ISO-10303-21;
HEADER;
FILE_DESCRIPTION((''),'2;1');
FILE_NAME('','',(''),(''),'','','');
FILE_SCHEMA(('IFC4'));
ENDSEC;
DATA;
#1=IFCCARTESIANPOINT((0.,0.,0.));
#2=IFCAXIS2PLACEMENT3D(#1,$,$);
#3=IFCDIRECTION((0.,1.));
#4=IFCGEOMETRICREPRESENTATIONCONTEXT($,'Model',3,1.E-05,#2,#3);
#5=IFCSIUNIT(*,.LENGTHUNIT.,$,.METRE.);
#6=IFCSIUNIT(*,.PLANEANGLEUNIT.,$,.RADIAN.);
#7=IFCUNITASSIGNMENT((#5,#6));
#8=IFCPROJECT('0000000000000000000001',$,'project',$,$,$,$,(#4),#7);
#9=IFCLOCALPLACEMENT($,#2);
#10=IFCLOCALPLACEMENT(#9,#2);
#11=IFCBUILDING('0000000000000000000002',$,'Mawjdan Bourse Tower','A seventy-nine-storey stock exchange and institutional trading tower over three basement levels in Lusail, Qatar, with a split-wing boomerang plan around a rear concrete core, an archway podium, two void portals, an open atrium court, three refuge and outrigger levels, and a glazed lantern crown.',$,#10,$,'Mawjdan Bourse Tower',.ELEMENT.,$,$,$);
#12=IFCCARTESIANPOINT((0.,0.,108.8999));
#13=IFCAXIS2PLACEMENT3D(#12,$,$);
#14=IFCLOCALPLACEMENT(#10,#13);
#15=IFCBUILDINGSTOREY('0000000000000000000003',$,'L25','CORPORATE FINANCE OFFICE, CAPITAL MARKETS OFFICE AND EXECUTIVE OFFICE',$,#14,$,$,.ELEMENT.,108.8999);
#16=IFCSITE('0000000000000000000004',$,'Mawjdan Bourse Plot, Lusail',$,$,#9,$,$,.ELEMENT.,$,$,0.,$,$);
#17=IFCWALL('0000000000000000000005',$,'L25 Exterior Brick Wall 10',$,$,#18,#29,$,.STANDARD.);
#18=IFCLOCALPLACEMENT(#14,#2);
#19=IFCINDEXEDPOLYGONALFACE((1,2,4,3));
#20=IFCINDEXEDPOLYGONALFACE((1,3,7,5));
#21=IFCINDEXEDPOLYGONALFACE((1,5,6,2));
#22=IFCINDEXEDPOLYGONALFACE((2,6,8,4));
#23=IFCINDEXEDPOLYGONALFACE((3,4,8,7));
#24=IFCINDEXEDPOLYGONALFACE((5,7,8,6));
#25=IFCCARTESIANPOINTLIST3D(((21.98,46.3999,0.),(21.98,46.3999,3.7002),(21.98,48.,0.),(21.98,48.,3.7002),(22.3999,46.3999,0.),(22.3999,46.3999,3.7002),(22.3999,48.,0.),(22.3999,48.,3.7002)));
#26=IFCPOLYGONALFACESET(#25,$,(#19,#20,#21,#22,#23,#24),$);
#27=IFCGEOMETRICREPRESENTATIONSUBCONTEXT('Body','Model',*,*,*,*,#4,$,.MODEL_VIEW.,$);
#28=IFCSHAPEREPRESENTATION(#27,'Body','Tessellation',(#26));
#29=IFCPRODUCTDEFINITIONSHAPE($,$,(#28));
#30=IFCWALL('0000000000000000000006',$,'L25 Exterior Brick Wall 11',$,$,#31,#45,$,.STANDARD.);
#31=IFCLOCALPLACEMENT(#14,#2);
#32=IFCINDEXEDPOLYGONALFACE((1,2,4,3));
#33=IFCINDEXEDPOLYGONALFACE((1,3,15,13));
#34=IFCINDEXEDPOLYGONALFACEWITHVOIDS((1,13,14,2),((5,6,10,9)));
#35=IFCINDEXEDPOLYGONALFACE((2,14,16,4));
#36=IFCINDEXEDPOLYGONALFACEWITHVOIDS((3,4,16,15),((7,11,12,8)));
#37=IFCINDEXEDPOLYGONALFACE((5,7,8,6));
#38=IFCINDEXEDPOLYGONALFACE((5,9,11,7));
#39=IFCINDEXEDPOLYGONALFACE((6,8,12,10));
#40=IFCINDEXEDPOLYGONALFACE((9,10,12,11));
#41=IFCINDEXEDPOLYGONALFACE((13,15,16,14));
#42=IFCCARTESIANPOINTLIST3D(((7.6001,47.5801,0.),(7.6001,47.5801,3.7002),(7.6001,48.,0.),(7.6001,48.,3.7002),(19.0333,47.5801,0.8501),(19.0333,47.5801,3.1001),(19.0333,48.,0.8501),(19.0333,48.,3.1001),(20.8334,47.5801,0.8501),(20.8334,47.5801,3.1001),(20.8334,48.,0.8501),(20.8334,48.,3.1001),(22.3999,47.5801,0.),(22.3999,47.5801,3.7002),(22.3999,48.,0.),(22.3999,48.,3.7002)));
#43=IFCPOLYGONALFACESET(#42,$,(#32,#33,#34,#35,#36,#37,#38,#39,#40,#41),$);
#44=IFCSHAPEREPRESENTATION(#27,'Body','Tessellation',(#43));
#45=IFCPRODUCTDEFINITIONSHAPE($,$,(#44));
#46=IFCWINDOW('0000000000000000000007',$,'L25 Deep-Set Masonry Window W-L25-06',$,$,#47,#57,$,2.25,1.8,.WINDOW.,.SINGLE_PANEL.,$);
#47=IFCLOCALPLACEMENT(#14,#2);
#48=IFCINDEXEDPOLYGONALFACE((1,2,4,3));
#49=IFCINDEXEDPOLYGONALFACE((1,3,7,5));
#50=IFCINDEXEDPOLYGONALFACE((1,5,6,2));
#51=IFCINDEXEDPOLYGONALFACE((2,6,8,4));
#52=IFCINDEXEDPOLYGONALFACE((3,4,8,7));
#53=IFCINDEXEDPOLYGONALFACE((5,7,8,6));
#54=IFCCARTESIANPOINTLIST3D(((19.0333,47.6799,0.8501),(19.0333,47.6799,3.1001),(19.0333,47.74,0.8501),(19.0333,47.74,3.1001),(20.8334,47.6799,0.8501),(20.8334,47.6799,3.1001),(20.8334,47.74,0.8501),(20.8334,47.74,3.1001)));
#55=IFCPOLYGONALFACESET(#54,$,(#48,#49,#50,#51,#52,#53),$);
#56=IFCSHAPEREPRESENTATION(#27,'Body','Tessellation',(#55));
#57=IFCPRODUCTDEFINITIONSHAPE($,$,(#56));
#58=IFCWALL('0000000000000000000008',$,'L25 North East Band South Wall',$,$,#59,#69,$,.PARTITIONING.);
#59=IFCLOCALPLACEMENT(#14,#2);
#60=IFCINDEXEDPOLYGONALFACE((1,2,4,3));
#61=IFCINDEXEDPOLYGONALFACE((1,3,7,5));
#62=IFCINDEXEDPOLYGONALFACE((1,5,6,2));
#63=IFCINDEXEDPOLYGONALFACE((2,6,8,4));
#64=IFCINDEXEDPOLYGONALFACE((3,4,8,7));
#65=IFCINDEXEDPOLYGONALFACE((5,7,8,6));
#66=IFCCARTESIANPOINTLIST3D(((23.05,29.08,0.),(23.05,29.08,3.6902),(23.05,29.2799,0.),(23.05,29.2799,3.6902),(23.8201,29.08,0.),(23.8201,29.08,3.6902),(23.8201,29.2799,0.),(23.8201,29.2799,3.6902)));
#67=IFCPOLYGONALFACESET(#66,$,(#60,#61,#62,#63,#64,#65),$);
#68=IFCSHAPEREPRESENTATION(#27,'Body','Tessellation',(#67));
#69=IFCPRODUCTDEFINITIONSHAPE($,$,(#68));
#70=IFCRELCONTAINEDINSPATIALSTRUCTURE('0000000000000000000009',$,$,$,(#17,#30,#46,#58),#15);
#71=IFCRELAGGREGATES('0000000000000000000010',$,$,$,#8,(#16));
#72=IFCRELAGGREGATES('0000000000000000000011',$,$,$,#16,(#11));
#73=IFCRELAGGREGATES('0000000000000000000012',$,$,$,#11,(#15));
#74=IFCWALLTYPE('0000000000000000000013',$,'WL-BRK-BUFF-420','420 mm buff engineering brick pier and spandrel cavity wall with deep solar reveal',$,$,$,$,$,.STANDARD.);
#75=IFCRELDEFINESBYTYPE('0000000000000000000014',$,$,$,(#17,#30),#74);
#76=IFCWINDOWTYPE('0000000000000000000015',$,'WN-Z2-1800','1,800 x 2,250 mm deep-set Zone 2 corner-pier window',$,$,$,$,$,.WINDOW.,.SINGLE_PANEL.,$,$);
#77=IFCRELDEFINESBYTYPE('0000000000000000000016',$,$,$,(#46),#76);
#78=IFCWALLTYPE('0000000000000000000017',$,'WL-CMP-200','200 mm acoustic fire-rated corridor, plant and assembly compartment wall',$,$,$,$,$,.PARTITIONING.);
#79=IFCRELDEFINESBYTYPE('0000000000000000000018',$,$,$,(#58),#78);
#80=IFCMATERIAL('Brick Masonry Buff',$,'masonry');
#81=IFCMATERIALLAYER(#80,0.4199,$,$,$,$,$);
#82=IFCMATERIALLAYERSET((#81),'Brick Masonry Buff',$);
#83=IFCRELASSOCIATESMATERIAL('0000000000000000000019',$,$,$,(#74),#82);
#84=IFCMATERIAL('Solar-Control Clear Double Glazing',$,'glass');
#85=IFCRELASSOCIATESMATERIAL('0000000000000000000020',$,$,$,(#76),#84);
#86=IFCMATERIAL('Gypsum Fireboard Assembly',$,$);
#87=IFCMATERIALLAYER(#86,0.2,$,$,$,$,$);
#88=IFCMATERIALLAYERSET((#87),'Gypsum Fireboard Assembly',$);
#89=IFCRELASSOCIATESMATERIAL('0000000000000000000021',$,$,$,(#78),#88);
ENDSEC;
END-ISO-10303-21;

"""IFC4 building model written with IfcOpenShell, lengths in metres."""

from ifc_helpers import new_model, si_unit, direction, frame, frame_2d, origin, place, context, subcontext, project, spatial, rectangle, extrude, material, layer, layer_set, type_object, element, fill, save


model = new_model("IFC4")

# Units and contexts
model_context = context("Model", 3, precision=1e-05, world=origin(), true_north=direction((0.0, 1.0)))
body_context = subcontext(model_context, "Body", "Model", "MODEL_VIEW")
ifc_project = project(units=[si_unit("LENGTHUNIT", "METRE"), si_unit("PLANEANGLEUNIT", "RADIAN")], contexts=[model_context])

# Site, building, storey
site_placement = place(None, origin())
site = spatial("IfcSite", under=ifc_project, at=site_placement, Name="Mawjdan Bourse Plot, Lusail", CompositionType="ELEMENT", RefElevation=0.0)
building_placement = place(site_placement, origin())
building = spatial("IfcBuilding", under=site, at=building_placement, Name="Mawjdan Bourse Tower", Description="A seventy-nine-storey stock exchange and institutional trading tower over three basement levels in Lusail, Qatar, with a split-wing boomerang plan around a rear concrete core, an archway podium, two void portals, an open atrium court, three refuge and outrigger levels, and a glazed lantern crown.", LongName="Mawjdan Bourse Tower", CompositionType="ELEMENT")
storey_placement = place(building_placement, frame((0.0, 0.0, 108.8999)))
storey = spatial("IfcBuildingStorey", under=building, at=storey_placement, Name="L25", Description="CORPORATE FINANCE OFFICE, CAPITAL MARKETS OFFICE AND EXECUTIVE OFFICE", CompositionType="ELEMENT", Elevation=108.8999)

# Wall
ifc_material_1 = material(Name="Brick Masonry Buff", Category="masonry")
ifc_layer_1 = layer(ifc_material_1, 0.4199)
ifc_layer_set_1 = layer_set([ifc_layer_1], Name="Brick Masonry Buff")
wall_type_1 = type_object("IfcWallType", Name="WL-BRK-BUFF-420", Description="420 mm buff engineering brick pier and spandrel cavity wall with deep solar reveal", PredefinedType="STANDARD", material=ifc_layer_set_1)
for number, where, z_axis, x_axis, name in (
    (1, (22.1899, 46.3999, 0.0), (0.0, 0.0, 1.0), (0.0, 1.0, 0.0), "L25 Exterior Brick Wall 10"),
):
    element("IfcWall", number, at=place(storey_placement, frame(where, z_axis=z_axis, x_axis=x_axis)), inside=storey, type_object=wall_type_1, Name=name, PredefinedType="STANDARD", context=body_context, shape_type="SweptSolid", body=[
        extrude(rectangle(XDim=1.6001, YDim=0.4199, at=frame_2d((0.8, 0.0))), origin(), (0.0, 0.0, 1.0), 3.7002),
    ])

# Wall, opening, window
wall_1_placement = place(storey_placement, frame((22.3999, 47.79, 0.0), z_axis=(0.0, 0.0, 1.0), x_axis=(-1.0, 0.0, 0.0)))
wall_1 = element("IfcWall", 2, at=wall_1_placement, inside=storey, type_object=wall_type_1, Name="L25 Exterior Brick Wall 11", PredefinedType="STANDARD", context=body_context, shape_type="SweptSolid", body=[
    extrude(rectangle(XDim=14.7998, YDim=0.4199, at=frame_2d((7.3999, 0.0))), origin(), (0.0, 0.0, 1.0), 3.7002),
])
opening_placement = place(wall_1_placement, frame((1.5667, 0.0, 0.8501)))
opening = element("IfcOpeningElement", 3, at=opening_placement, cuts=wall_1, PredefinedType="OPENING", context=body_context, shape_type="SweptSolid", body=[
    extrude(rectangle(XDim=1.8, YDim=2.25, at=frame_2d((0.8999, 1.125))), frame((0.0, 0.22, 0.0), z_axis=(0.0, -1.0, 0.0), x_axis=(1.0, 0.0, 0.0)), (0.0, 0.0, 1.0), 0.4399),
])
ifc_material_2 = material(Name="Solar-Control Clear Double Glazing", Category="glass")
window_type = type_object("IfcWindowType", Name="WN-Z2-1800", Description="1,800 x 2,250 mm deep-set Zone 2 corner-pier window", PartitioningType="SINGLE_PANEL", PredefinedType="WINDOW", material=ifc_material_2)
window_placement = place(opening_placement, origin())
window = element("IfcWindow", 4, at=window_placement, inside=storey, type_object=window_type, Name="L25 Deep-Set Masonry Window W-L25-06", OverallHeight=2.25, OverallWidth=1.8, PartitioningType="SINGLE_PANEL", PredefinedType="WINDOW", context=body_context, shape_type="SweptSolid", body=[
    extrude(rectangle(XDim=1.8, YDim=2.25, at=frame_2d((0.8999, 1.125))), frame((0.0, 0.1101, 0.0), z_axis=(0.0, -1.0, 0.0), x_axis=(1.0, 0.0, 0.0)), (0.0, 0.0, 1.0), 0.0601),
])
fill(opening, window)

# Wall
ifc_material_3 = material(Name="Gypsum Fireboard Assembly")
ifc_layer_2 = layer(ifc_material_3, 0.2)
ifc_layer_set_2 = layer_set([ifc_layer_2], Name="Gypsum Fireboard Assembly")
wall_type_2 = type_object("IfcWallType", Name="WL-CMP-200", Description="200 mm acoustic fire-rated corridor, plant and assembly compartment wall", PredefinedType="PARTITIONING", material=ifc_layer_set_2)
wall_2_placement = place(storey_placement, frame((23.05, 29.1799, 0.0), z_axis=(0.0, 0.0, 1.0), x_axis=(1.0, 0.0, 0.0)))
element("IfcWall", 5, at=wall_2_placement, inside=storey, type_object=wall_type_2, Name="L25 North East Band South Wall", PredefinedType="PARTITIONING", context=body_context, shape_type="SweptSolid", body=[
    extrude(rectangle(XDim=0.77, YDim=0.2, at=frame_2d((0.385, 0.0))), origin(), (0.0, 0.0, 1.0), 3.6902),
])

save(model, "model.ifc")
